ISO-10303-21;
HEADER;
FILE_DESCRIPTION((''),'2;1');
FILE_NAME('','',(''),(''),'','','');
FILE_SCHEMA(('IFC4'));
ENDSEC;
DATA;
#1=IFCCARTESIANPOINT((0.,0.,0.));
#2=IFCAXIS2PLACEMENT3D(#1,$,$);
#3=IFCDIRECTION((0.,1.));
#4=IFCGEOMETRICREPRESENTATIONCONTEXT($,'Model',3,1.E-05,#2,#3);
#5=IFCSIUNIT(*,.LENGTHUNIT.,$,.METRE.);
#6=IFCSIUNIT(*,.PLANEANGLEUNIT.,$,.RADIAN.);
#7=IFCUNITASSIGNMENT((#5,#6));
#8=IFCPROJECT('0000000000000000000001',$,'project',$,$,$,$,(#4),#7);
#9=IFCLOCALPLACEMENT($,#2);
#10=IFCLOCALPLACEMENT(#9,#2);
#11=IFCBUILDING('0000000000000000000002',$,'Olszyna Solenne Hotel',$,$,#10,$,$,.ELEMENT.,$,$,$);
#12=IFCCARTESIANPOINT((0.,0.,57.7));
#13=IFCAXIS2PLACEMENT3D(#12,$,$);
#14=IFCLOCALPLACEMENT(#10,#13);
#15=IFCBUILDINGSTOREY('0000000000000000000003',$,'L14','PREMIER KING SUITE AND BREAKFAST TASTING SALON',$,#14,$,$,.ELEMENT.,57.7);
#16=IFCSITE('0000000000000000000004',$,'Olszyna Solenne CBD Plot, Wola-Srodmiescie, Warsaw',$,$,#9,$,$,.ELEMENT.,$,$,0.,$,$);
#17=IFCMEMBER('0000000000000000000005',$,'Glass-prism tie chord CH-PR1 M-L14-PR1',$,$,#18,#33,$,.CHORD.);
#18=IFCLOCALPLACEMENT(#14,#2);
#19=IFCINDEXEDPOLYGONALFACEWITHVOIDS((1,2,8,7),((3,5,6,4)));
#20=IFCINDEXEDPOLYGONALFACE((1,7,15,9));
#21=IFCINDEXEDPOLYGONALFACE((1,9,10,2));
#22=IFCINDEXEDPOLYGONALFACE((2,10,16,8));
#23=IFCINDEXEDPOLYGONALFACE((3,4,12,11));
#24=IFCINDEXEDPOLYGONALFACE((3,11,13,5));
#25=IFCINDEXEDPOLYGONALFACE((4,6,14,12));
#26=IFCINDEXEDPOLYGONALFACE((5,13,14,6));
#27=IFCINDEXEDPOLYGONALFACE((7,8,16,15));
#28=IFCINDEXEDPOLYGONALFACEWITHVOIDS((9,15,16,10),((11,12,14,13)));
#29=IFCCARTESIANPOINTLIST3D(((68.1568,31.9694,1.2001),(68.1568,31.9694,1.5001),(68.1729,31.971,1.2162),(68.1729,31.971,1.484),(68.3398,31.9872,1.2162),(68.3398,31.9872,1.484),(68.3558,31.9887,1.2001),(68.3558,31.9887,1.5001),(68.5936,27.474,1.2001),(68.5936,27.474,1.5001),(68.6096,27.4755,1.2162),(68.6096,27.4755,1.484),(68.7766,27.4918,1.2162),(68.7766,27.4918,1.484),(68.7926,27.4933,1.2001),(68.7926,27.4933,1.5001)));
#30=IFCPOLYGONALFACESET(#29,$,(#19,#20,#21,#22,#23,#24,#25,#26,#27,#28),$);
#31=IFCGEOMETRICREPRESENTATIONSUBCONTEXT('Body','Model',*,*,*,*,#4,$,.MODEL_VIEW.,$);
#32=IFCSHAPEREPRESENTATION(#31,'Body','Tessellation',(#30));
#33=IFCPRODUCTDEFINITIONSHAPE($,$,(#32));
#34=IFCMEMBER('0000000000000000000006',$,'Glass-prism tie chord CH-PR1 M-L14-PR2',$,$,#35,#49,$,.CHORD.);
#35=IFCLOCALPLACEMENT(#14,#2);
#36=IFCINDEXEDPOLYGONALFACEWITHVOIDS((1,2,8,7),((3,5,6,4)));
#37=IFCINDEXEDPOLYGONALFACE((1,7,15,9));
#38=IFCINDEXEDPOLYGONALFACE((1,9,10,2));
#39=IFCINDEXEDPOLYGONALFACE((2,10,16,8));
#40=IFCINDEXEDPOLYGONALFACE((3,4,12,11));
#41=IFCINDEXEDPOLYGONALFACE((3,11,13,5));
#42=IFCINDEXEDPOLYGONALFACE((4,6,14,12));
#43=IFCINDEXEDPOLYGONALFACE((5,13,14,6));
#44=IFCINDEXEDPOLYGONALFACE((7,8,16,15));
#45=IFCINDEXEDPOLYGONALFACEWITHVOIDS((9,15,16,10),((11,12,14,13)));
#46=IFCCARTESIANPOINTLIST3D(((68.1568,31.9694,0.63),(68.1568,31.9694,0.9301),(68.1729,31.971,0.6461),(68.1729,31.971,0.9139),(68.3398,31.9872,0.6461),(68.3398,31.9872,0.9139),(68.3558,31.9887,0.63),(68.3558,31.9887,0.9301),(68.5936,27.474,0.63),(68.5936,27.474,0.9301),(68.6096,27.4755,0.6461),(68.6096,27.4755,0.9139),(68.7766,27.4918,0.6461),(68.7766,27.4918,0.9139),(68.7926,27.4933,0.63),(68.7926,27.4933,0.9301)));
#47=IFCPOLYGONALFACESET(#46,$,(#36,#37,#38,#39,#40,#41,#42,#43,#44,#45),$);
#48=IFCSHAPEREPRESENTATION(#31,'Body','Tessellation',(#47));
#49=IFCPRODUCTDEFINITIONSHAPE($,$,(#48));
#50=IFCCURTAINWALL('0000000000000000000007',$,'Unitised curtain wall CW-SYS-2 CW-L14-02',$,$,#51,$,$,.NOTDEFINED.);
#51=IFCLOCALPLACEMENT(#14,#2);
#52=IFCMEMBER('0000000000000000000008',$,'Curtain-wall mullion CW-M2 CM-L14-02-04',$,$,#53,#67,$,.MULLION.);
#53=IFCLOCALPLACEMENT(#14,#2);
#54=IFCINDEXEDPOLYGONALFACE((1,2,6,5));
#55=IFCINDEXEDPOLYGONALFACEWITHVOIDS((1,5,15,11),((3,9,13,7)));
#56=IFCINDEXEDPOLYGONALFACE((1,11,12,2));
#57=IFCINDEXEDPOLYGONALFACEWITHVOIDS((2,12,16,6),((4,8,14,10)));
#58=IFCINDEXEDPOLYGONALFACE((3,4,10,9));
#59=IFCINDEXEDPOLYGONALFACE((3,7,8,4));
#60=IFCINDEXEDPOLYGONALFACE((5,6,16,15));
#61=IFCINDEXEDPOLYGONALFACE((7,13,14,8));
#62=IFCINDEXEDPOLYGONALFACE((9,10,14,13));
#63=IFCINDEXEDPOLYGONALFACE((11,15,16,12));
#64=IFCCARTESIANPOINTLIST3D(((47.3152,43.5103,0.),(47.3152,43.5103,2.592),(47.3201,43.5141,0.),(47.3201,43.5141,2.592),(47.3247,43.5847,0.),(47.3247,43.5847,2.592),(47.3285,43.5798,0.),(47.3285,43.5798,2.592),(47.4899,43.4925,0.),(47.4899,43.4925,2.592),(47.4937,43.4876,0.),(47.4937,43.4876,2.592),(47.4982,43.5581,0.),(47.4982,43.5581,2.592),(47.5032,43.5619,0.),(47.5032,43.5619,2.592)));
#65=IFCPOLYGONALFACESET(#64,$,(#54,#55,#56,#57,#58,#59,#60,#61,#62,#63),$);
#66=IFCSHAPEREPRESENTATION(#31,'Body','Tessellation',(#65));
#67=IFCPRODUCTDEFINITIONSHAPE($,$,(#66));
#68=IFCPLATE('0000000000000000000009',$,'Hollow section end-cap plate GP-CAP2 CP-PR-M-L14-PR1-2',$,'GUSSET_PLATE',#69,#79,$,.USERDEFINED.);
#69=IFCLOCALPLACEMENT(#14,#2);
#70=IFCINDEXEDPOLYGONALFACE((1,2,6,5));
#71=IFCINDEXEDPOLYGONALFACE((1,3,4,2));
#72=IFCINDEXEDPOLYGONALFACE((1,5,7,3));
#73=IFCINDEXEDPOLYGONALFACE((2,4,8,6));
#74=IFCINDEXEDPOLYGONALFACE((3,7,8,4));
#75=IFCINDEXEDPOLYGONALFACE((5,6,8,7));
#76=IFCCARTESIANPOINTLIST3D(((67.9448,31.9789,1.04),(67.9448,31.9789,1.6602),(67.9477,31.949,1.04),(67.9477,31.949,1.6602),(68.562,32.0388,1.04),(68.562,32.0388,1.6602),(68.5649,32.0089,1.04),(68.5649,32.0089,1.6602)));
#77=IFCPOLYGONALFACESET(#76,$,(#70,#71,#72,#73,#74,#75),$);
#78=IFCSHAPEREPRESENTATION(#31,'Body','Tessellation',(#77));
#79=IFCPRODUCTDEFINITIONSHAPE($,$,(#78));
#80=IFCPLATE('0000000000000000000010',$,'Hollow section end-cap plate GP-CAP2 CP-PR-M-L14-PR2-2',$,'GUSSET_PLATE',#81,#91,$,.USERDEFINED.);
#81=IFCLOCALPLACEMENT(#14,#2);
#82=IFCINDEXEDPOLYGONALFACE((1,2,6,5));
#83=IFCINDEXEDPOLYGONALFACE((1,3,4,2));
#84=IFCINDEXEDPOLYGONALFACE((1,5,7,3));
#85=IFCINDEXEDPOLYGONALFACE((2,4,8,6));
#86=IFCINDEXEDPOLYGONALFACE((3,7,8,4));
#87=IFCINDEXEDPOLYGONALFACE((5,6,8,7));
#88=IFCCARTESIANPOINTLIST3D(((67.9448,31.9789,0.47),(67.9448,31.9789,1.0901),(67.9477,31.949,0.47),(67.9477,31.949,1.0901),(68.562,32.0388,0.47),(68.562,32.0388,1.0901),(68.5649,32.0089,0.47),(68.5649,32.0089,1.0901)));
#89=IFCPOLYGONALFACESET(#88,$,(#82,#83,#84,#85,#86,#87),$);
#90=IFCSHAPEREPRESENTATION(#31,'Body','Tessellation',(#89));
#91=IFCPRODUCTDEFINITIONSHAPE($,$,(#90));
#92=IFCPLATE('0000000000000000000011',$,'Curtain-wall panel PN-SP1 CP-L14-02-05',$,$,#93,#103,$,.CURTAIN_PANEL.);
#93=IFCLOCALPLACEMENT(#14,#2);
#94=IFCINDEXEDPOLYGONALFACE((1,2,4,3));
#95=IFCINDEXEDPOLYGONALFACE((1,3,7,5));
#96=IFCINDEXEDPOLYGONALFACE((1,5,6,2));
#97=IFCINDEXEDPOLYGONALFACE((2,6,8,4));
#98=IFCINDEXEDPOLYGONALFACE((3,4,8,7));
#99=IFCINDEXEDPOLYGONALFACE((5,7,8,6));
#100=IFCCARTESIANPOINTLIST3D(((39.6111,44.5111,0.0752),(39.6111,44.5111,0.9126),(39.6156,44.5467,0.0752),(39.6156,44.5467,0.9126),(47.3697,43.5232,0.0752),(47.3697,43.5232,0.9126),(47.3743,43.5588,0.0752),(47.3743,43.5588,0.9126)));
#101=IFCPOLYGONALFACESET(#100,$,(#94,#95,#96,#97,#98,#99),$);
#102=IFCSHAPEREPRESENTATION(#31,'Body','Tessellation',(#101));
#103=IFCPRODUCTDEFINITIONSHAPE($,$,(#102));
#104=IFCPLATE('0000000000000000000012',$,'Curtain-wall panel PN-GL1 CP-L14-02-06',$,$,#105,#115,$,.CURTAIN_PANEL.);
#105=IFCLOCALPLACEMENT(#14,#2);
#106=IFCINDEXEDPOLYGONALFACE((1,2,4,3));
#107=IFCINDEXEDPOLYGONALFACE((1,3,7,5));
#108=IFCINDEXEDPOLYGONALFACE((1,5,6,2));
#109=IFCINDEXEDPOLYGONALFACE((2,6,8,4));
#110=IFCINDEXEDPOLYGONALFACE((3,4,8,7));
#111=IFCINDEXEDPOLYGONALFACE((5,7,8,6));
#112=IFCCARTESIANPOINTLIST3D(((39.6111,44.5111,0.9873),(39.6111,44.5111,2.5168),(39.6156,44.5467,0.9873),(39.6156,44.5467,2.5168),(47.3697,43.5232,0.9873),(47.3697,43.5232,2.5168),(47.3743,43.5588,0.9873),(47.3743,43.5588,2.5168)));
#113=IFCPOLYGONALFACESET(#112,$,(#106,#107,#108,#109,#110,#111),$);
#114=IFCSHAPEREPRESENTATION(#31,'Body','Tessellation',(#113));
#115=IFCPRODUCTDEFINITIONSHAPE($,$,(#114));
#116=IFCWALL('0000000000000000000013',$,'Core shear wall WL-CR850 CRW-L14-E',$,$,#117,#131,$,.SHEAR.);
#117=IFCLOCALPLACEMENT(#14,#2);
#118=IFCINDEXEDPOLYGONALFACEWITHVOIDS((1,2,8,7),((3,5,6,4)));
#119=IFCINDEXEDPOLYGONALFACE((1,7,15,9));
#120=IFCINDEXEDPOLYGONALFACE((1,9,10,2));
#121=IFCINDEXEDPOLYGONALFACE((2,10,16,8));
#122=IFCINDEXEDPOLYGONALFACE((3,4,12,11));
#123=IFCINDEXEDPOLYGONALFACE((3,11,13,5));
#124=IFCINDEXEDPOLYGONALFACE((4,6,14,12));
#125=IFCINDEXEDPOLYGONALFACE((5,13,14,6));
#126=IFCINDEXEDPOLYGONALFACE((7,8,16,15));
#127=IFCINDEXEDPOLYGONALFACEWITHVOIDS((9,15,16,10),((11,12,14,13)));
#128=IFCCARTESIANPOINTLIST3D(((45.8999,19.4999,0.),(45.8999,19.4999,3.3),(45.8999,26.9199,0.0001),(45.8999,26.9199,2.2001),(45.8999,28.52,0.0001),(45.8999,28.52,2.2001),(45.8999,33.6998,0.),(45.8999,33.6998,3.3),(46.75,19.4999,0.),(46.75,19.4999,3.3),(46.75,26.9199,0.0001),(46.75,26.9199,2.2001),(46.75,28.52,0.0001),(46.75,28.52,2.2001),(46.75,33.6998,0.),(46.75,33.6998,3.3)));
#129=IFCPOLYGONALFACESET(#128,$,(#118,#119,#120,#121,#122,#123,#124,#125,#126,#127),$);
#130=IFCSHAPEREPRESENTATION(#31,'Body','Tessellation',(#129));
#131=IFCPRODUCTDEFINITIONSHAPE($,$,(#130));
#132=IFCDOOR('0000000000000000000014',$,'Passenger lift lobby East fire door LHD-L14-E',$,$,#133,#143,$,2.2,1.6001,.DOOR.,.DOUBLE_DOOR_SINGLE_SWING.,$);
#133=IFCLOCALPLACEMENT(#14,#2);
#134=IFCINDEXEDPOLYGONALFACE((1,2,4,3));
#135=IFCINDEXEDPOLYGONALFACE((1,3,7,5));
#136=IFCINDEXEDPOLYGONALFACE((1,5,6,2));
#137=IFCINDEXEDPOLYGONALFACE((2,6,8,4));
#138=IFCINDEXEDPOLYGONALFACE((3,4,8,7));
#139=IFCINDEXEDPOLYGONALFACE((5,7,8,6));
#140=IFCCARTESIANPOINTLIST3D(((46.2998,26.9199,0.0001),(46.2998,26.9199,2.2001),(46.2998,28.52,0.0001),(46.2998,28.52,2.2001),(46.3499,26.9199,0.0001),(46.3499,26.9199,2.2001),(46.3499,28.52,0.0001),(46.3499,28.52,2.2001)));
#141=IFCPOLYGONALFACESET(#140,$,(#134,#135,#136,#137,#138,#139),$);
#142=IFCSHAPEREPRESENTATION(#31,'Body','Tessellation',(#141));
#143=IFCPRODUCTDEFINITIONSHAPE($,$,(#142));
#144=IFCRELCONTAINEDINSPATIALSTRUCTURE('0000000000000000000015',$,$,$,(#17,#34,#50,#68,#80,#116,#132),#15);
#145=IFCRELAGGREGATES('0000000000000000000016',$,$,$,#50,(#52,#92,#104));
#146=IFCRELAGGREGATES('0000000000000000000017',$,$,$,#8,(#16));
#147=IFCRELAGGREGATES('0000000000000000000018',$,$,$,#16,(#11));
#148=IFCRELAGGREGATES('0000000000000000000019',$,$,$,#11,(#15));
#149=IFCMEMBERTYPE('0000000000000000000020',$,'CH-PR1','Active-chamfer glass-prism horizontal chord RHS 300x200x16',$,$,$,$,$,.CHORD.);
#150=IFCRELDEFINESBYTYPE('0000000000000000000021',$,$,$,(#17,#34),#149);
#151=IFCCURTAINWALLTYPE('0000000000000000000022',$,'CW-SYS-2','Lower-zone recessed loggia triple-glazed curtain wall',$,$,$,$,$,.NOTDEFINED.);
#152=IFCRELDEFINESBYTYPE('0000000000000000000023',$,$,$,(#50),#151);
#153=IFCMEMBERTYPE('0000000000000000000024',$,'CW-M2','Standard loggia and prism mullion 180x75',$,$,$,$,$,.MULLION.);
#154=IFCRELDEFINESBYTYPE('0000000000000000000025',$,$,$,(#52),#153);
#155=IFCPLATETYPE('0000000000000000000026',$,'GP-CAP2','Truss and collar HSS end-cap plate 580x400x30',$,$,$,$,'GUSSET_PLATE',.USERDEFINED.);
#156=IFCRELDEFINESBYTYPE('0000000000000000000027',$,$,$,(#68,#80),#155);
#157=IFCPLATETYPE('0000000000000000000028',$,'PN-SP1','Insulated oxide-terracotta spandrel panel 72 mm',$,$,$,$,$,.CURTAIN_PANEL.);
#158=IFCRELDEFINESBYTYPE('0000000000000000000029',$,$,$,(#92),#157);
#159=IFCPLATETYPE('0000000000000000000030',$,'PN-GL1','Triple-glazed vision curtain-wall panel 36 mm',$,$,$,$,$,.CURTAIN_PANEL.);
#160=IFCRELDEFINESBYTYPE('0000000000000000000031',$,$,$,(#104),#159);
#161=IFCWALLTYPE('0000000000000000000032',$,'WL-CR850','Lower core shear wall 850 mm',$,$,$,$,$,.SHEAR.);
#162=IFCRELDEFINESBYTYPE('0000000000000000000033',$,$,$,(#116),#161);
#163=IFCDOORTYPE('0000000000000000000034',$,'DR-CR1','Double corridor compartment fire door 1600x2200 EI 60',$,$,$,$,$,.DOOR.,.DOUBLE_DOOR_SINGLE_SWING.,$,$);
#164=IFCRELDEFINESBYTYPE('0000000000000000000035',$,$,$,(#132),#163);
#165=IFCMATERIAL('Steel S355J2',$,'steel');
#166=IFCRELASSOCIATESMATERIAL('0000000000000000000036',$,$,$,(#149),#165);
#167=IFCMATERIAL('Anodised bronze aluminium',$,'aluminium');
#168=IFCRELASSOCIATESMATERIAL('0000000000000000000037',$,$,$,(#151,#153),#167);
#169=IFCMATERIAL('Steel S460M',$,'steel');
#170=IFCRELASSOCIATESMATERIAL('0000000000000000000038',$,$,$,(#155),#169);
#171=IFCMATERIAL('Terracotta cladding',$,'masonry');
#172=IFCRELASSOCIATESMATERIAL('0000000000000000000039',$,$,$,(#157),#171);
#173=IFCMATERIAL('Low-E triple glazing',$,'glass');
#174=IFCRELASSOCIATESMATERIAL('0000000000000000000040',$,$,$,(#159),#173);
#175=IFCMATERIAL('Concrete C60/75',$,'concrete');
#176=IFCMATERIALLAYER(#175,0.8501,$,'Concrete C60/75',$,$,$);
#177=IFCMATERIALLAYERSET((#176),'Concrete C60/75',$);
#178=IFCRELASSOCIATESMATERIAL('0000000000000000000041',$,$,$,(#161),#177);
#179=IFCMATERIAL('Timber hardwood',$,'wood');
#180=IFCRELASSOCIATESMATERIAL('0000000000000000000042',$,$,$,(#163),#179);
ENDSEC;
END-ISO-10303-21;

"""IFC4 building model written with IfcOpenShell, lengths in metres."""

from ifc_helpers import new_model, si_unit, direction, frame, frame_2d, origin, origin_2d, place, context, subcontext, project, spatial, rectangle, hollow_rectangle, extrude, source, transform, mapped, material, layer, layer_set, material_profile, profile_set, type_object, type_shapes, element, fill, aggregate, save


model = new_model("IFC4")

# Units and contexts
model_context = context("Model", 3, precision=1e-05, world=origin(), true_north=direction((0.0, 1.0)))
body_context = subcontext(model_context, "Body", "Model", "MODEL_VIEW")
ifc_project = project(units=[si_unit("LENGTHUNIT", "METRE"), si_unit("PLANEANGLEUNIT", "RADIAN")], contexts=[model_context])

# Site, building, storey
site_placement = place(None, origin())
site = spatial("IfcSite", under=ifc_project, at=site_placement, Name="Olszyna Solenne CBD Plot, Wola-Srodmiescie, Warsaw", CompositionType="ELEMENT", RefElevation=0.0)
building_placement = place(site_placement, origin())
building = spatial("IfcBuilding", under=site, at=building_placement, Name="Olszyna Solenne Hotel", CompositionType="ELEMENT")
storey_placement = place(building_placement, frame((0.0, 0.0, 57.7)))
storey = spatial("IfcBuildingStorey", under=building, at=storey_placement, Name="L14", Description="PREMIER KING SUITE AND BREAKFAST TASTING SALON", CompositionType="ELEMENT", Elevation=57.7)

# Shared definitions
ifc_material_1 = material(Name="Steel S460M", Category="steel")

# Shared definitions
ifc_material_2 = material(Name="Steel S355J2", Category="steel")

# Members
ifc_material_profile_1 = material_profile(ifc_material_2, hollow_rectangle(XDim=0.2, YDim=0.3, WallThickness=0.0161, at=origin_2d()), Name="RHS 300x200x16", Category="load-bearing")
ifc_profile_set_1 = profile_set([ifc_material_profile_1], Name="Steel S355J2")
member_type_1 = type_object("IfcMemberType", Name="CH-PR1", Description="Active-chamfer glass-prism horizontal chord RHS 300x200x16", PredefinedType="CHORD", material=ifc_profile_set_1)
shared_shape_1 = source(origin(), body_context, "Body", "SweptSolid", [
    extrude(hollow_rectangle(XDim=0.2, YDim=0.3, WallThickness=0.0161, at=origin_2d()), origin(), (0.0, 0.0, 1.0), 4.5166),
])
for number, where, z_axis, x_axis, name in (
    (1, (68.6931, 27.4836, 1.3501), (-0.096704, 0.995313, 0.0), (-0.995313, -0.096704, 0.0), "Glass-prism tie chord CH-PR1 M-L14-PR1"),
    (2, (68.6931, 27.4836, 0.78), (-0.096704, 0.995313, 0.0), (-0.995313, -0.096704, 0.0), "Glass-prism tie chord CH-PR1 M-L14-PR2"),
):
    element("IfcMember", number, at=place(storey_placement, frame(where, z_axis=z_axis, x_axis=x_axis)), inside=storey, type_object=member_type_1, Name=name, PredefinedType="CHORD", context=body_context, shape_type="MappedRepresentation", body=[
        mapped(shared_shape_1, transform((0.0, 0.0, 0.0), x_axis=(1.0, 0.0, 0.0), y_axis=(0.0, 1.0, 0.0), z_axis=(0.0, 0.0, 1.0), scale=1.0)),
    ])

# Curtain wall, member
ifc_material_3 = material(Name="Anodised bronze aluminium", Category="aluminium")
curtain_wall_type = type_object("IfcCurtainWallType", Name="CW-SYS-2", Description="Lower-zone recessed loggia triple-glazed curtain wall", PredefinedType="NOTDEFINED", material=ifc_material_3)
curtain_wall_placement = place(storey_placement, origin())
curtain_wall = element("IfcCurtainWall", 3, at=curtain_wall_placement, inside=storey, type_object=curtain_wall_type, Name="Unitised curtain wall CW-SYS-2 CW-L14-02", PredefinedType="NOTDEFINED")
ifc_material_profile_2 = material_profile(ifc_material_3, hollow_rectangle(XDim=0.075, YDim=0.1799, WallThickness=0.0044, at=origin_2d()), Name="MULL 180x75x4.5", Category="load-bearing")
ifc_profile_set_2 = profile_set([ifc_material_profile_2], Name="Anodised bronze aluminium")
member_type_2 = type_object("IfcMemberType", Name="CW-M2", Description="Standard loggia and prism mullion 180x75", PredefinedType="MULLION", material=ifc_profile_set_2)
shared_shape_2 = source(origin(), body_context, "Body", "SweptSolid", [
    extrude(hollow_rectangle(XDim=0.075, YDim=0.1799, WallThickness=0.0044, at=origin_2d()), origin(), (0.0, 0.0, 1.0), 2.592),
])
member_placement = place(storey_placement, frame((47.4092, 43.5361, 0.0), z_axis=(0.0, 0.0, 1.0), x_axis=(0.126308, 0.991991, 0.0)))
member = element("IfcMember", 4, at=member_placement, type_object=member_type_2, Name="Curtain-wall mullion CW-M2 CM-L14-02-04", PredefinedType="MULLION", context=body_context, shape_type="MappedRepresentation", body=[
    mapped(shared_shape_2, transform((0.0, 0.0, 0.0), x_axis=(1.0, 0.0, 0.0), y_axis=(0.0, 1.0, 0.0), z_axis=(0.0, 0.0, 1.0), scale=1.0)),
])

# Plates
plate_type_1 = type_object("IfcPlateType", Name="GP-CAP2", Description="Truss and collar HSS end-cap plate 580x400x30", ElementType="GUSSET_PLATE", PredefinedType="USERDEFINED", material=ifc_material_1)
shared_shape_3 = source(origin(), body_context, "Body", "SweptSolid", [
    extrude(rectangle(XDim=0.03, YDim=0.6201, at=origin_2d()), origin(), (0.0, 0.0, 1.0), 0.6201),
])
for number, where, z_axis, x_axis, name in (
    (5, (68.2549, 31.9939, 1.04), (0.0, 0.0, 1.0), (-0.096714, 0.995312, 0.0), "Hollow section end-cap plate GP-CAP2 CP-PR-M-L14-PR1-2"),
    (6, (68.2549, 31.9939, 0.47), (0.0, 0.0, 1.0), (-0.096714, 0.995312, 0.0), "Hollow section end-cap plate GP-CAP2 CP-PR-M-L14-PR2-2"),
):
    element("IfcPlate", number, at=place(storey_placement, frame(where, z_axis=z_axis, x_axis=x_axis)), inside=storey, type_object=plate_type_1, Name=name, ObjectType="GUSSET_PLATE", PredefinedType="USERDEFINED", context=body_context, shape_type="MappedRepresentation", body=[
        mapped(shared_shape_3, transform((0.0, 0.0, 0.0), x_axis=(1.0, 0.0, 0.0), y_axis=(0.0, 1.0, 0.0), z_axis=(0.0, 0.0, 1.0), scale=1.0)),
    ])

# Plates
ifc_material_4 = material(Name="Terracotta cladding", Category="masonry")
plate_type_2 = type_object("IfcPlateType", Name="PN-SP1", Description="Insulated oxide-terracotta spandrel panel 72 mm", PredefinedType="CURTAIN_PANEL", material=ifc_material_4)
shared_shape_4 = source(origin(), body_context, "Body", "SweptSolid", [
    extrude(rectangle(XDim=7.8213, YDim=0.0359, at=origin_2d()), origin(), (0.0, 0.0, 1.0), 0.8374),
])
plate_1_placement = place(storey_placement, frame((43.4927, 44.0349, 0.0752), z_axis=(0.0, 0.0, 1.0), x_axis=(0.991991, -0.126308, 0.0)))
plate_1 = element("IfcPlate", 7, at=plate_1_placement, type_object=plate_type_2, Name="Curtain-wall panel PN-SP1 CP-L14-02-05", PredefinedType="CURTAIN_PANEL", context=body_context, shape_type="MappedRepresentation", body=[
    mapped(shared_shape_4, transform((0.0, 0.0, 0.0), x_axis=(1.0, 0.0, 0.0), y_axis=(0.0, 1.0, 0.0), z_axis=(0.0, 0.0, 1.0), scale=1.0)),
])
ifc_material_5 = material(Name="Low-E triple glazing", Category="glass")
plate_type_3 = type_object("IfcPlateType", Name="PN-GL1", Description="Triple-glazed vision curtain-wall panel 36 mm", PredefinedType="CURTAIN_PANEL", material=ifc_material_5)
shared_shape_5 = source(origin(), body_context, "Body", "SweptSolid", [
    extrude(rectangle(XDim=7.8213, YDim=0.0359, at=origin_2d()), origin(), (0.0, 0.0, 1.0), 1.5295),
])
plate_2_placement = place(storey_placement, frame((43.4927, 44.0349, 0.9873), z_axis=(0.0, 0.0, 1.0), x_axis=(0.991991, -0.126308, 0.0)))
plate_2 = element("IfcPlate", 8, at=plate_2_placement, type_object=plate_type_3, Name="Curtain-wall panel PN-GL1 CP-L14-02-06", PredefinedType="CURTAIN_PANEL", context=body_context, shape_type="MappedRepresentation", body=[
    mapped(shared_shape_5, transform((0.0, 0.0, 0.0), x_axis=(1.0, 0.0, 0.0), y_axis=(0.0, 1.0, 0.0), z_axis=(0.0, 0.0, 1.0), scale=1.0)),
])
aggregate(curtain_wall, [member, plate_1, plate_2])

# Wall, opening, door
ifc_material_6 = material(Name="Concrete C60/75", Category="concrete")
ifc_layer_1 = layer(ifc_material_6, 0.8501, Name="Concrete C60/75")
ifc_layer_set_1 = layer_set([ifc_layer_1], Name="Concrete C60/75")
wall_type_1 = type_object("IfcWallType", Name="WL-CR850", Description="Lower core shear wall 850 mm", PredefinedType="SHEAR", material=ifc_layer_set_1)
wall_1_placement = place(storey_placement, frame((46.325, 33.7, 0.0), z_axis=(0.0, 0.0, 1.0), x_axis=(0.0, -1.0, 0.0)))
wall_1 = element("IfcWall", 9, at=wall_1_placement, inside=storey, type_object=wall_type_1, Name="Core shear wall WL-CR850 CRW-L14-E", PredefinedType="SHEAR", context=body_context, shape_type="SweptSolid", body=[
    extrude(rectangle(XDim=14.2, YDim=0.8501, at=frame_2d((7.1001, 0.0))), origin(), (0.0, 0.0, 1.0), 3.3),
])
opening_1_placement = place(wall_1_placement, frame((5.1799, 0.0, 0.0)))
opening_1 = element("IfcOpeningElement", 10, at=opening_1_placement, cuts=wall_1, PredefinedType="OPENING", context=body_context, shape_type="SweptSolid", body=[
    extrude(rectangle(XDim=1.6001, YDim=2.2, at=frame_2d((0.8, 1.1001))), frame((0.0, 0.4351, 0.0), z_axis=(0.0, -1.0, 0.0), x_axis=(1.0, 0.0, 0.0)), (0.0, 0.0, 1.0), 0.8701),
])
ifc_material_7 = material(Name="Timber hardwood", Category="wood")
door_type_1 = type_object("IfcDoorType", Name="DR-CR1", Description="Double corridor compartment fire door 1600x2200 EI 60", OperationType="DOUBLE_DOOR_SINGLE_SWING", PredefinedType="DOOR", material=ifc_material_7)
shared_shape_6 = source(origin(), body_context, "Body", "SweptSolid", [
    extrude(rectangle(XDim=1.6001, YDim=2.2, at=frame_2d((0.8, 1.1001))), frame((0.0, 0.0249, 0.0), z_axis=(0.0, -1.0, 0.0), x_axis=(1.0, 0.0, 0.0)), (0.0, 0.0, 1.0), 0.05),
])
type_shapes(door_type_1, [shared_shape_6])
door_1_placement = place(opening_1_placement, origin())
door_1 = element("IfcDoor", 11, at=door_1_placement, inside=storey, type_object=door_type_1, Name="Passenger lift lobby East fire door LHD-L14-E", OperationType="DOUBLE_DOOR_SINGLE_SWING", OverallHeight=2.2, OverallWidth=1.6001, PredefinedType="DOOR", context=body_context, shape_type="MappedRepresentation", body=[
    mapped(shared_shape_6, transform((0.0, 0.0, 0.0), x_axis=(1.0, 0.0, 0.0), y_axis=(0.0, 1.0, 0.0), z_axis=(0.0, 0.0, 1.0), scale=1.0)),
])
fill(opening_1, door_1)

save(model, "model.ifc")
